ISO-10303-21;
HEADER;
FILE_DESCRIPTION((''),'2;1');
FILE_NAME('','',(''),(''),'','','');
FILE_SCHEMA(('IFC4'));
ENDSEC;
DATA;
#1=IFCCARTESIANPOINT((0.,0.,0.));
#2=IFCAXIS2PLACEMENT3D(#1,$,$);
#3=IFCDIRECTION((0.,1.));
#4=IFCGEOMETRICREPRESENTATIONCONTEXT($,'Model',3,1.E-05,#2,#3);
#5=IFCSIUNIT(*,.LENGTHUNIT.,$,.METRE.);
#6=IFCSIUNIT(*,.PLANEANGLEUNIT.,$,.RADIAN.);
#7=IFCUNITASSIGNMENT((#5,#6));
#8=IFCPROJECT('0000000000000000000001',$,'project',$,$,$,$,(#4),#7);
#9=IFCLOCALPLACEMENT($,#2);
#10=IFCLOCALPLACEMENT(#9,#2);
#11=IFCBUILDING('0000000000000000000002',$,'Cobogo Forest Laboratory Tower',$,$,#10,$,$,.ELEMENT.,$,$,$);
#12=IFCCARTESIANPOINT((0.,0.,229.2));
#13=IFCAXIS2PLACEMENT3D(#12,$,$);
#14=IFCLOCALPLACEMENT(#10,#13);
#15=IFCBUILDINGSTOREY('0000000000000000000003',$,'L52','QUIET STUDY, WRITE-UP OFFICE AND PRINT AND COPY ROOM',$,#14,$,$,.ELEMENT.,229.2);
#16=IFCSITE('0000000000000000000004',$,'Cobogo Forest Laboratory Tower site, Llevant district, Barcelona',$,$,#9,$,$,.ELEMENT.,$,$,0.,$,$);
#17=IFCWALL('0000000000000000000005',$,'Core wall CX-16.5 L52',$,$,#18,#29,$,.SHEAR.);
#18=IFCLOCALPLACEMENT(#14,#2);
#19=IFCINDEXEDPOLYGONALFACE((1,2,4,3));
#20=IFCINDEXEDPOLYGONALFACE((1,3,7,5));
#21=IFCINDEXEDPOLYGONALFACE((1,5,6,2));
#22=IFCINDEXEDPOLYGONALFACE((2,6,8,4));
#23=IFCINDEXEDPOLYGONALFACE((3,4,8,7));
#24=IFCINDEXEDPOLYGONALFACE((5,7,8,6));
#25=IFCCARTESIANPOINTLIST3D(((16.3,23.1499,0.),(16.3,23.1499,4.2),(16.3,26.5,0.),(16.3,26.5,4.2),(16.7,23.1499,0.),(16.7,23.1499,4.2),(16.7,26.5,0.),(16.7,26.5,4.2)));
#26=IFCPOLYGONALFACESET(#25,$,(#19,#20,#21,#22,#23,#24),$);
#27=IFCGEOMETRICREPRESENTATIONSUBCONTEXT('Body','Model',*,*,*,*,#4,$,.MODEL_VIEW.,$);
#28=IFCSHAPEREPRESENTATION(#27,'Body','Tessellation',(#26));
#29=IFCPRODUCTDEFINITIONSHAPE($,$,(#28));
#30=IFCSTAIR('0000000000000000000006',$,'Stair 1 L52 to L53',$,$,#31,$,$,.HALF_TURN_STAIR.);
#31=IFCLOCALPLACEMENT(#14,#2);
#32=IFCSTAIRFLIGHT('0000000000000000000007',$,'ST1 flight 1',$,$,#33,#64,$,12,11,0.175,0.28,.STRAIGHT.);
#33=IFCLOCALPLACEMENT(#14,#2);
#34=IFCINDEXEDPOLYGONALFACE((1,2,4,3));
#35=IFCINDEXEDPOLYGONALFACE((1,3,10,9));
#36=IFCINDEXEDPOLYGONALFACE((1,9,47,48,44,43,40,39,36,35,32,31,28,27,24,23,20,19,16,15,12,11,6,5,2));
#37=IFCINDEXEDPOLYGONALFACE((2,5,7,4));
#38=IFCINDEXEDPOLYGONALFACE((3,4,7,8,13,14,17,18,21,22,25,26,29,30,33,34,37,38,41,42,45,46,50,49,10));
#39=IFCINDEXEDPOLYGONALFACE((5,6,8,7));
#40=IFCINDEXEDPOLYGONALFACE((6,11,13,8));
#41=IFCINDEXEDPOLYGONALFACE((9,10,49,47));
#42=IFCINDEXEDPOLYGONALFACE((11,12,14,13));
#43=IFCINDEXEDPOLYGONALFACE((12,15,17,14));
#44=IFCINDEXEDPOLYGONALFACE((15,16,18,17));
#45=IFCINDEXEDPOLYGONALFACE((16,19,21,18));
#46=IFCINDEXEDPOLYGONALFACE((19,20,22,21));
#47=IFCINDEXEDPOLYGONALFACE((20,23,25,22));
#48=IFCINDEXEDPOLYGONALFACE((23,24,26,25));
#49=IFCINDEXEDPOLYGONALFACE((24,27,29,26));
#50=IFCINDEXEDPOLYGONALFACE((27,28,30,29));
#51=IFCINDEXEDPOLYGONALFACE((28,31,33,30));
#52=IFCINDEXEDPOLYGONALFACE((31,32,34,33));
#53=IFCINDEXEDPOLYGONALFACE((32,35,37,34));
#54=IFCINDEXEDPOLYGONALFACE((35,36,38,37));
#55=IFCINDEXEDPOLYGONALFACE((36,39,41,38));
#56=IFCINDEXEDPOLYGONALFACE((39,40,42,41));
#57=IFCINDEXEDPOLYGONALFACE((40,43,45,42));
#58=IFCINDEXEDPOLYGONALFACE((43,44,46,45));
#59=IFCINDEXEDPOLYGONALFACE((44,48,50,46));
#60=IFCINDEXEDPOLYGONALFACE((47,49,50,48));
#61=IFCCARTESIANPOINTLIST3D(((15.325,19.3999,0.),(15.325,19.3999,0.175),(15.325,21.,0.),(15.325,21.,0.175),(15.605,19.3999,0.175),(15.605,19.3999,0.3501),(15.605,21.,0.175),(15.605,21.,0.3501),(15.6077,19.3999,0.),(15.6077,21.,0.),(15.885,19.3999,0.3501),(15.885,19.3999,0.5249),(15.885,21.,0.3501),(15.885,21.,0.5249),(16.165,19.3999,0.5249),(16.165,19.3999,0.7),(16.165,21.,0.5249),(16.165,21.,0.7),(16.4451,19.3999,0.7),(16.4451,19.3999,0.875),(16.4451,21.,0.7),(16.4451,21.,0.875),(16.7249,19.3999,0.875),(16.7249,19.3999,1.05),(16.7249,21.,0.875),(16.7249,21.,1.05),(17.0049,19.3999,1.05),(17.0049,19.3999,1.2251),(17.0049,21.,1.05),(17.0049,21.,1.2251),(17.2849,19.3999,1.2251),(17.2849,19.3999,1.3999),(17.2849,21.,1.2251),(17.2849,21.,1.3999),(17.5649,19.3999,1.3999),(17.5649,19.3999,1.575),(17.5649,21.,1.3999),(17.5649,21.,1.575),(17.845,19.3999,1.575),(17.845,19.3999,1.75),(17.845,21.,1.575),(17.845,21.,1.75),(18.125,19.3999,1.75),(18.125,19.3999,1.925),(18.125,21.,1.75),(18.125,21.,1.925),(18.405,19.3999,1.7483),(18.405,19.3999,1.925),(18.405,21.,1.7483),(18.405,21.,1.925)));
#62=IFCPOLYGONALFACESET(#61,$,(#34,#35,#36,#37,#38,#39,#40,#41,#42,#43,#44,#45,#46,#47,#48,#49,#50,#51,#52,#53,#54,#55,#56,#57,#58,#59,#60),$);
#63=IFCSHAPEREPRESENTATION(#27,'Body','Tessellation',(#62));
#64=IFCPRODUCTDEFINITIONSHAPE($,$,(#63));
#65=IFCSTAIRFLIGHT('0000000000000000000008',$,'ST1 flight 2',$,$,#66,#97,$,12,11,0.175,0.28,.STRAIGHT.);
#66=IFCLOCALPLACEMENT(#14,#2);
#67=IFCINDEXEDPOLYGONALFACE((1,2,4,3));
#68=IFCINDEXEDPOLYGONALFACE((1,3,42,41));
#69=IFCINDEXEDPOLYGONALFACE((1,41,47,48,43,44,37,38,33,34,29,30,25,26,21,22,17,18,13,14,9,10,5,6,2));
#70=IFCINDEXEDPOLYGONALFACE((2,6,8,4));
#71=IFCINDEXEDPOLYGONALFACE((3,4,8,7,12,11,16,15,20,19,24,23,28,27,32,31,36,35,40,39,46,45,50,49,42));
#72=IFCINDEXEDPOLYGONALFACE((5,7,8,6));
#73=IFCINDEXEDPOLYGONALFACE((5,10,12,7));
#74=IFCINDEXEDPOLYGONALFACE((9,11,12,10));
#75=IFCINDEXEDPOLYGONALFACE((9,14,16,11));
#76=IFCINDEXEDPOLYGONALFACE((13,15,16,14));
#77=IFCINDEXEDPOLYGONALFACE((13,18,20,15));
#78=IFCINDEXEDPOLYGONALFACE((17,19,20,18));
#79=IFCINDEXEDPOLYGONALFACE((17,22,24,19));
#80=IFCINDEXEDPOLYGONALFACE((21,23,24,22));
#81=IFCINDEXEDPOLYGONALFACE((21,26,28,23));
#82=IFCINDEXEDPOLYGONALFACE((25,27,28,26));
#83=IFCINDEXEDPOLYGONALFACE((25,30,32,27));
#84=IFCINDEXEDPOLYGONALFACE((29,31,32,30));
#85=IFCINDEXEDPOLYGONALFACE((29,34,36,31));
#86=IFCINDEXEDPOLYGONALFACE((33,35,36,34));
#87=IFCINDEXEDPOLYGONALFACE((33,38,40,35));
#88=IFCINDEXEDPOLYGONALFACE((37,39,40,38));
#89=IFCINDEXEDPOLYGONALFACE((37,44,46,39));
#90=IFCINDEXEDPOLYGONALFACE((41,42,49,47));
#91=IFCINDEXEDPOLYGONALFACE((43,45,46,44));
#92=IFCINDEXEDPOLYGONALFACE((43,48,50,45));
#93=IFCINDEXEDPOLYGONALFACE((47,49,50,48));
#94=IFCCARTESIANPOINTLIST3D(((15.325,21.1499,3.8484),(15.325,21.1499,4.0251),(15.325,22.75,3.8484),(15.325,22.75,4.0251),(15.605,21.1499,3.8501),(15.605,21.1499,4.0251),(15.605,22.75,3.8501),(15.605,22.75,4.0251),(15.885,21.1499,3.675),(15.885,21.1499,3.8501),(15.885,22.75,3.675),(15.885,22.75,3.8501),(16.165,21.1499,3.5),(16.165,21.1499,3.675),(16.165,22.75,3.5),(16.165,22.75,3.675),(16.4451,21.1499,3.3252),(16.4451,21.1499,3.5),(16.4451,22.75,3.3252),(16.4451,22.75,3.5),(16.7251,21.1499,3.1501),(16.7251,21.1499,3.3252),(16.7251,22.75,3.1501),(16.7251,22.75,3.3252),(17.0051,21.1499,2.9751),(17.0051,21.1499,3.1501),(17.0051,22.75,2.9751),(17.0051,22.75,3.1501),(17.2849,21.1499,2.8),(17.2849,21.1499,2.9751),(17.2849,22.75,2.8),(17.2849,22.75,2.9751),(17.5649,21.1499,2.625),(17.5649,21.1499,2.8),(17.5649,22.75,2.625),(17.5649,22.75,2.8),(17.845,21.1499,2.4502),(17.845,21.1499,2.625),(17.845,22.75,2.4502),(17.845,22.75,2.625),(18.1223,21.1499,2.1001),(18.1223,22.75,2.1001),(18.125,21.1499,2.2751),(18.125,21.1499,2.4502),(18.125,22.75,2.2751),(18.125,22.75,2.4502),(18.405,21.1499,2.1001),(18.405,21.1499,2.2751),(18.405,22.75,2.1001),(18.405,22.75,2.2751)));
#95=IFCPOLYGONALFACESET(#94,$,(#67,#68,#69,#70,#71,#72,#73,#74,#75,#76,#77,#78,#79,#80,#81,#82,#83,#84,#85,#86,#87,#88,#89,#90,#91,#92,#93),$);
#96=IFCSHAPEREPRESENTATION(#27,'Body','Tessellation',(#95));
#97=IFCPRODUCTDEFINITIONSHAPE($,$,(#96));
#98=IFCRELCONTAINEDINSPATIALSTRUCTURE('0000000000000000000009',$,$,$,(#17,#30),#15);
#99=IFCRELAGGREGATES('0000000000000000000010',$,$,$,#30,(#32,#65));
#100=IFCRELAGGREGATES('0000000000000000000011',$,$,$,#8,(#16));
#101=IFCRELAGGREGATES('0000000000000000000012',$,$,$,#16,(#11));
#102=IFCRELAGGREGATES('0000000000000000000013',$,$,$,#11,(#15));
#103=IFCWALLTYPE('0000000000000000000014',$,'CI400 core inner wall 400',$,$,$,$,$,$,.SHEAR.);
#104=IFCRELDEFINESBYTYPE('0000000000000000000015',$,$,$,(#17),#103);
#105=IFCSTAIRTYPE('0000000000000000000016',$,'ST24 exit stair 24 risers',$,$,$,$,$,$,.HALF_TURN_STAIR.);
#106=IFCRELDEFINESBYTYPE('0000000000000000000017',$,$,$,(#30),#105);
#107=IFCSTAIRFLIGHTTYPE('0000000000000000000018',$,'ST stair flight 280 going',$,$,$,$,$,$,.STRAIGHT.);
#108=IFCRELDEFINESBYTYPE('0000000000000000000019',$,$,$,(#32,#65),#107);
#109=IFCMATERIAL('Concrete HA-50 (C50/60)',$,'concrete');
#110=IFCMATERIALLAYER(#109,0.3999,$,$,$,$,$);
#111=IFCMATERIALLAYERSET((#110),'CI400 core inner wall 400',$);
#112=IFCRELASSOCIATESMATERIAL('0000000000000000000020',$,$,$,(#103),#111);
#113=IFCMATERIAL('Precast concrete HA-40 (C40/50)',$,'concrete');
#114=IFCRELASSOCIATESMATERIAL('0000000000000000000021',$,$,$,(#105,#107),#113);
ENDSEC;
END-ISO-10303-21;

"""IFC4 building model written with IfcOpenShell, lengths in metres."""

from ifc_helpers import new_model, si_unit, direction, frame, frame_2d, origin, place, context, subcontext, project, spatial, polyline, rectangle, outline, extrude, material, layer, layer_set, type_object, element, aggregate, save


model = new_model("IFC4")

# Units and contexts
model_context = context("Model", 3, precision=1e-05, world=origin(), true_north=direction((0.0, 1.0)))
body_context = subcontext(model_context, "Body", "Model", "MODEL_VIEW")
ifc_project = project(units=[si_unit("LENGTHUNIT", "METRE"), si_unit("PLANEANGLEUNIT", "RADIAN")], contexts=[model_context])

# Site, building, storey
site_placement = place(None, origin())
site = spatial("IfcSite", under=ifc_project, at=site_placement, Name="Cobogo Forest Laboratory Tower site, Llevant district, Barcelona", CompositionType="ELEMENT", RefElevation=0.0)
building_placement = place(site_placement, origin())
building = spatial("IfcBuilding", under=site, at=building_placement, Name="Cobogo Forest Laboratory Tower", CompositionType="ELEMENT")
storey_placement = place(building_placement, frame((0.0, 0.0, 229.2)))
storey = spatial("IfcBuildingStorey", under=building, at=storey_placement, Name="L52", Description="QUIET STUDY, WRITE-UP OFFICE AND PRINT AND COPY ROOM", CompositionType="ELEMENT", Elevation=229.2)

# Shared definitions
ifc_material_1 = material(Name="Concrete HA-50 (C50/60)", Category="concrete")
ifc_layer = layer(ifc_material_1, 0.3999)
ifc_layer_set = layer_set([ifc_layer], Name="CI400 core inner wall 400")
wall_type = type_object("IfcWallType", Name="CI400 core inner wall 400", PredefinedType="SHEAR", material=ifc_layer_set)

# Wall
wall_1_placement = place(storey_placement, frame((16.5, 23.1499, 0.0), z_axis=(0.0, 0.0, 1.0), x_axis=(0.0, 1.0, 0.0)))
element("IfcWall", 1, at=wall_1_placement, inside=storey, type_object=wall_type, Name="Core wall CX-16.5 L52", PredefinedType="SHEAR", context=body_context, shape_type="SweptSolid", body=[
    extrude(rectangle(XDim=3.3501, YDim=0.3999, at=frame_2d((1.675, 0.0))), origin(), (0.0, 0.0, 1.0), 4.2),
])

# Stair, stair flights
ifc_material_2 = material(Name="Precast concrete HA-40 (C40/50)", Category="concrete")
stair_type = type_object("IfcStairType", Name="ST24 exit stair 24 risers", PredefinedType="HALF_TURN_STAIR", material=ifc_material_2)
stair_placement = place(storey_placement, origin())
stair = element("IfcStair", 2, at=stair_placement, inside=storey, type_object=stair_type, Name="Stair 1 L52 to L53", PredefinedType="HALF_TURN_STAIR")
stair_flight_type = type_object("IfcStairFlightType", Name="ST stair flight 280 going", PredefinedType="STRAIGHT", material=ifc_material_2)
stair_flight_1_placement = place(storey_placement, frame((15.325, 20.2, 0.0), z_axis=(0.0, 0.0, 1.0), x_axis=(1.0, 0.0, 0.0)))
stair_flight_1 = element("IfcStairFlight", 3, at=stair_flight_1_placement, type_object=stair_flight_type, Name="ST1 flight 1", NumberOfRisers=12, NumberOfTreads=11, PredefinedType="STRAIGHT", RiserHeight=0.175, TreadLength=0.28, context=body_context, shape_type="SweptSolid", body=[
    extrude(outline(polyline([(0.0, 0.0), (0.0, 0.175), (0.28, 0.175), (0.28, 0.3501), (0.5601, 0.3501), (0.5601, 0.5249), (0.8401, 0.5249), (0.8401, 0.7), (1.1201, 0.7), (1.1201, 0.875), (1.3999, 0.875), (1.3999, 1.05), (1.6799, 1.05), (1.6799, 1.2251), (1.96, 1.2251), (1.96, 1.3999), (2.24, 1.3999), (2.24, 1.575), (2.52, 1.575), (2.52, 1.75), (2.8, 1.75), (2.8, 1.925), (3.0801, 1.925), (3.0801, 2.1001), (3.0801, 1.7483), (0.2827, 0.0), (0.0, 0.0)])), frame((0.0, 0.8, 0.0), z_axis=(0.0, -1.0, 0.0), x_axis=(1.0, 0.0, 0.0)), (0.0, 0.0, 1.0), 1.6001),
])
stair_flight_2_placement = place(storey_placement, frame((18.405, 21.95, 2.1001), z_axis=(0.0, 0.0, 1.0), x_axis=(-1.0, 0.0, 0.0)))
stair_flight_2 = element("IfcStairFlight", 4, at=stair_flight_2_placement, type_object=stair_flight_type, Name="ST1 flight 2", NumberOfRisers=12, NumberOfTreads=11, PredefinedType="STRAIGHT", RiserHeight=0.175, TreadLength=0.28, context=body_context, shape_type="SweptSolid", body=[
    extrude(outline(polyline([(0.0, 0.0), (0.0, 0.175), (0.28, 0.175), (0.28, 0.3501), (0.5601, 0.3501), (0.5601, 0.5249), (0.8401, 0.5249), (0.8401, 0.7), (1.1201, 0.7), (1.1201, 0.875), (1.3999, 0.875), (1.3999, 1.05), (1.6799, 1.05), (1.6799, 1.2251), (1.96, 1.2251), (1.96, 1.3999), (2.24, 1.3999), (2.24, 1.575), (2.52, 1.575), (2.52, 1.75), (2.8, 1.75), (2.8, 1.925), (3.0801, 1.925), (3.0801, 2.1001), (3.0801, 1.7483), (0.2827, 0.0), (0.0, 0.0)])), frame((0.0, 0.8, 0.0), z_axis=(0.0, -1.0, 0.0), x_axis=(1.0, 0.0, 0.0)), (0.0, 0.0, 1.0), 1.6001),
])
aggregate(stair, [stair_flight_1, stair_flight_2])

save(model, "model.ifc")
